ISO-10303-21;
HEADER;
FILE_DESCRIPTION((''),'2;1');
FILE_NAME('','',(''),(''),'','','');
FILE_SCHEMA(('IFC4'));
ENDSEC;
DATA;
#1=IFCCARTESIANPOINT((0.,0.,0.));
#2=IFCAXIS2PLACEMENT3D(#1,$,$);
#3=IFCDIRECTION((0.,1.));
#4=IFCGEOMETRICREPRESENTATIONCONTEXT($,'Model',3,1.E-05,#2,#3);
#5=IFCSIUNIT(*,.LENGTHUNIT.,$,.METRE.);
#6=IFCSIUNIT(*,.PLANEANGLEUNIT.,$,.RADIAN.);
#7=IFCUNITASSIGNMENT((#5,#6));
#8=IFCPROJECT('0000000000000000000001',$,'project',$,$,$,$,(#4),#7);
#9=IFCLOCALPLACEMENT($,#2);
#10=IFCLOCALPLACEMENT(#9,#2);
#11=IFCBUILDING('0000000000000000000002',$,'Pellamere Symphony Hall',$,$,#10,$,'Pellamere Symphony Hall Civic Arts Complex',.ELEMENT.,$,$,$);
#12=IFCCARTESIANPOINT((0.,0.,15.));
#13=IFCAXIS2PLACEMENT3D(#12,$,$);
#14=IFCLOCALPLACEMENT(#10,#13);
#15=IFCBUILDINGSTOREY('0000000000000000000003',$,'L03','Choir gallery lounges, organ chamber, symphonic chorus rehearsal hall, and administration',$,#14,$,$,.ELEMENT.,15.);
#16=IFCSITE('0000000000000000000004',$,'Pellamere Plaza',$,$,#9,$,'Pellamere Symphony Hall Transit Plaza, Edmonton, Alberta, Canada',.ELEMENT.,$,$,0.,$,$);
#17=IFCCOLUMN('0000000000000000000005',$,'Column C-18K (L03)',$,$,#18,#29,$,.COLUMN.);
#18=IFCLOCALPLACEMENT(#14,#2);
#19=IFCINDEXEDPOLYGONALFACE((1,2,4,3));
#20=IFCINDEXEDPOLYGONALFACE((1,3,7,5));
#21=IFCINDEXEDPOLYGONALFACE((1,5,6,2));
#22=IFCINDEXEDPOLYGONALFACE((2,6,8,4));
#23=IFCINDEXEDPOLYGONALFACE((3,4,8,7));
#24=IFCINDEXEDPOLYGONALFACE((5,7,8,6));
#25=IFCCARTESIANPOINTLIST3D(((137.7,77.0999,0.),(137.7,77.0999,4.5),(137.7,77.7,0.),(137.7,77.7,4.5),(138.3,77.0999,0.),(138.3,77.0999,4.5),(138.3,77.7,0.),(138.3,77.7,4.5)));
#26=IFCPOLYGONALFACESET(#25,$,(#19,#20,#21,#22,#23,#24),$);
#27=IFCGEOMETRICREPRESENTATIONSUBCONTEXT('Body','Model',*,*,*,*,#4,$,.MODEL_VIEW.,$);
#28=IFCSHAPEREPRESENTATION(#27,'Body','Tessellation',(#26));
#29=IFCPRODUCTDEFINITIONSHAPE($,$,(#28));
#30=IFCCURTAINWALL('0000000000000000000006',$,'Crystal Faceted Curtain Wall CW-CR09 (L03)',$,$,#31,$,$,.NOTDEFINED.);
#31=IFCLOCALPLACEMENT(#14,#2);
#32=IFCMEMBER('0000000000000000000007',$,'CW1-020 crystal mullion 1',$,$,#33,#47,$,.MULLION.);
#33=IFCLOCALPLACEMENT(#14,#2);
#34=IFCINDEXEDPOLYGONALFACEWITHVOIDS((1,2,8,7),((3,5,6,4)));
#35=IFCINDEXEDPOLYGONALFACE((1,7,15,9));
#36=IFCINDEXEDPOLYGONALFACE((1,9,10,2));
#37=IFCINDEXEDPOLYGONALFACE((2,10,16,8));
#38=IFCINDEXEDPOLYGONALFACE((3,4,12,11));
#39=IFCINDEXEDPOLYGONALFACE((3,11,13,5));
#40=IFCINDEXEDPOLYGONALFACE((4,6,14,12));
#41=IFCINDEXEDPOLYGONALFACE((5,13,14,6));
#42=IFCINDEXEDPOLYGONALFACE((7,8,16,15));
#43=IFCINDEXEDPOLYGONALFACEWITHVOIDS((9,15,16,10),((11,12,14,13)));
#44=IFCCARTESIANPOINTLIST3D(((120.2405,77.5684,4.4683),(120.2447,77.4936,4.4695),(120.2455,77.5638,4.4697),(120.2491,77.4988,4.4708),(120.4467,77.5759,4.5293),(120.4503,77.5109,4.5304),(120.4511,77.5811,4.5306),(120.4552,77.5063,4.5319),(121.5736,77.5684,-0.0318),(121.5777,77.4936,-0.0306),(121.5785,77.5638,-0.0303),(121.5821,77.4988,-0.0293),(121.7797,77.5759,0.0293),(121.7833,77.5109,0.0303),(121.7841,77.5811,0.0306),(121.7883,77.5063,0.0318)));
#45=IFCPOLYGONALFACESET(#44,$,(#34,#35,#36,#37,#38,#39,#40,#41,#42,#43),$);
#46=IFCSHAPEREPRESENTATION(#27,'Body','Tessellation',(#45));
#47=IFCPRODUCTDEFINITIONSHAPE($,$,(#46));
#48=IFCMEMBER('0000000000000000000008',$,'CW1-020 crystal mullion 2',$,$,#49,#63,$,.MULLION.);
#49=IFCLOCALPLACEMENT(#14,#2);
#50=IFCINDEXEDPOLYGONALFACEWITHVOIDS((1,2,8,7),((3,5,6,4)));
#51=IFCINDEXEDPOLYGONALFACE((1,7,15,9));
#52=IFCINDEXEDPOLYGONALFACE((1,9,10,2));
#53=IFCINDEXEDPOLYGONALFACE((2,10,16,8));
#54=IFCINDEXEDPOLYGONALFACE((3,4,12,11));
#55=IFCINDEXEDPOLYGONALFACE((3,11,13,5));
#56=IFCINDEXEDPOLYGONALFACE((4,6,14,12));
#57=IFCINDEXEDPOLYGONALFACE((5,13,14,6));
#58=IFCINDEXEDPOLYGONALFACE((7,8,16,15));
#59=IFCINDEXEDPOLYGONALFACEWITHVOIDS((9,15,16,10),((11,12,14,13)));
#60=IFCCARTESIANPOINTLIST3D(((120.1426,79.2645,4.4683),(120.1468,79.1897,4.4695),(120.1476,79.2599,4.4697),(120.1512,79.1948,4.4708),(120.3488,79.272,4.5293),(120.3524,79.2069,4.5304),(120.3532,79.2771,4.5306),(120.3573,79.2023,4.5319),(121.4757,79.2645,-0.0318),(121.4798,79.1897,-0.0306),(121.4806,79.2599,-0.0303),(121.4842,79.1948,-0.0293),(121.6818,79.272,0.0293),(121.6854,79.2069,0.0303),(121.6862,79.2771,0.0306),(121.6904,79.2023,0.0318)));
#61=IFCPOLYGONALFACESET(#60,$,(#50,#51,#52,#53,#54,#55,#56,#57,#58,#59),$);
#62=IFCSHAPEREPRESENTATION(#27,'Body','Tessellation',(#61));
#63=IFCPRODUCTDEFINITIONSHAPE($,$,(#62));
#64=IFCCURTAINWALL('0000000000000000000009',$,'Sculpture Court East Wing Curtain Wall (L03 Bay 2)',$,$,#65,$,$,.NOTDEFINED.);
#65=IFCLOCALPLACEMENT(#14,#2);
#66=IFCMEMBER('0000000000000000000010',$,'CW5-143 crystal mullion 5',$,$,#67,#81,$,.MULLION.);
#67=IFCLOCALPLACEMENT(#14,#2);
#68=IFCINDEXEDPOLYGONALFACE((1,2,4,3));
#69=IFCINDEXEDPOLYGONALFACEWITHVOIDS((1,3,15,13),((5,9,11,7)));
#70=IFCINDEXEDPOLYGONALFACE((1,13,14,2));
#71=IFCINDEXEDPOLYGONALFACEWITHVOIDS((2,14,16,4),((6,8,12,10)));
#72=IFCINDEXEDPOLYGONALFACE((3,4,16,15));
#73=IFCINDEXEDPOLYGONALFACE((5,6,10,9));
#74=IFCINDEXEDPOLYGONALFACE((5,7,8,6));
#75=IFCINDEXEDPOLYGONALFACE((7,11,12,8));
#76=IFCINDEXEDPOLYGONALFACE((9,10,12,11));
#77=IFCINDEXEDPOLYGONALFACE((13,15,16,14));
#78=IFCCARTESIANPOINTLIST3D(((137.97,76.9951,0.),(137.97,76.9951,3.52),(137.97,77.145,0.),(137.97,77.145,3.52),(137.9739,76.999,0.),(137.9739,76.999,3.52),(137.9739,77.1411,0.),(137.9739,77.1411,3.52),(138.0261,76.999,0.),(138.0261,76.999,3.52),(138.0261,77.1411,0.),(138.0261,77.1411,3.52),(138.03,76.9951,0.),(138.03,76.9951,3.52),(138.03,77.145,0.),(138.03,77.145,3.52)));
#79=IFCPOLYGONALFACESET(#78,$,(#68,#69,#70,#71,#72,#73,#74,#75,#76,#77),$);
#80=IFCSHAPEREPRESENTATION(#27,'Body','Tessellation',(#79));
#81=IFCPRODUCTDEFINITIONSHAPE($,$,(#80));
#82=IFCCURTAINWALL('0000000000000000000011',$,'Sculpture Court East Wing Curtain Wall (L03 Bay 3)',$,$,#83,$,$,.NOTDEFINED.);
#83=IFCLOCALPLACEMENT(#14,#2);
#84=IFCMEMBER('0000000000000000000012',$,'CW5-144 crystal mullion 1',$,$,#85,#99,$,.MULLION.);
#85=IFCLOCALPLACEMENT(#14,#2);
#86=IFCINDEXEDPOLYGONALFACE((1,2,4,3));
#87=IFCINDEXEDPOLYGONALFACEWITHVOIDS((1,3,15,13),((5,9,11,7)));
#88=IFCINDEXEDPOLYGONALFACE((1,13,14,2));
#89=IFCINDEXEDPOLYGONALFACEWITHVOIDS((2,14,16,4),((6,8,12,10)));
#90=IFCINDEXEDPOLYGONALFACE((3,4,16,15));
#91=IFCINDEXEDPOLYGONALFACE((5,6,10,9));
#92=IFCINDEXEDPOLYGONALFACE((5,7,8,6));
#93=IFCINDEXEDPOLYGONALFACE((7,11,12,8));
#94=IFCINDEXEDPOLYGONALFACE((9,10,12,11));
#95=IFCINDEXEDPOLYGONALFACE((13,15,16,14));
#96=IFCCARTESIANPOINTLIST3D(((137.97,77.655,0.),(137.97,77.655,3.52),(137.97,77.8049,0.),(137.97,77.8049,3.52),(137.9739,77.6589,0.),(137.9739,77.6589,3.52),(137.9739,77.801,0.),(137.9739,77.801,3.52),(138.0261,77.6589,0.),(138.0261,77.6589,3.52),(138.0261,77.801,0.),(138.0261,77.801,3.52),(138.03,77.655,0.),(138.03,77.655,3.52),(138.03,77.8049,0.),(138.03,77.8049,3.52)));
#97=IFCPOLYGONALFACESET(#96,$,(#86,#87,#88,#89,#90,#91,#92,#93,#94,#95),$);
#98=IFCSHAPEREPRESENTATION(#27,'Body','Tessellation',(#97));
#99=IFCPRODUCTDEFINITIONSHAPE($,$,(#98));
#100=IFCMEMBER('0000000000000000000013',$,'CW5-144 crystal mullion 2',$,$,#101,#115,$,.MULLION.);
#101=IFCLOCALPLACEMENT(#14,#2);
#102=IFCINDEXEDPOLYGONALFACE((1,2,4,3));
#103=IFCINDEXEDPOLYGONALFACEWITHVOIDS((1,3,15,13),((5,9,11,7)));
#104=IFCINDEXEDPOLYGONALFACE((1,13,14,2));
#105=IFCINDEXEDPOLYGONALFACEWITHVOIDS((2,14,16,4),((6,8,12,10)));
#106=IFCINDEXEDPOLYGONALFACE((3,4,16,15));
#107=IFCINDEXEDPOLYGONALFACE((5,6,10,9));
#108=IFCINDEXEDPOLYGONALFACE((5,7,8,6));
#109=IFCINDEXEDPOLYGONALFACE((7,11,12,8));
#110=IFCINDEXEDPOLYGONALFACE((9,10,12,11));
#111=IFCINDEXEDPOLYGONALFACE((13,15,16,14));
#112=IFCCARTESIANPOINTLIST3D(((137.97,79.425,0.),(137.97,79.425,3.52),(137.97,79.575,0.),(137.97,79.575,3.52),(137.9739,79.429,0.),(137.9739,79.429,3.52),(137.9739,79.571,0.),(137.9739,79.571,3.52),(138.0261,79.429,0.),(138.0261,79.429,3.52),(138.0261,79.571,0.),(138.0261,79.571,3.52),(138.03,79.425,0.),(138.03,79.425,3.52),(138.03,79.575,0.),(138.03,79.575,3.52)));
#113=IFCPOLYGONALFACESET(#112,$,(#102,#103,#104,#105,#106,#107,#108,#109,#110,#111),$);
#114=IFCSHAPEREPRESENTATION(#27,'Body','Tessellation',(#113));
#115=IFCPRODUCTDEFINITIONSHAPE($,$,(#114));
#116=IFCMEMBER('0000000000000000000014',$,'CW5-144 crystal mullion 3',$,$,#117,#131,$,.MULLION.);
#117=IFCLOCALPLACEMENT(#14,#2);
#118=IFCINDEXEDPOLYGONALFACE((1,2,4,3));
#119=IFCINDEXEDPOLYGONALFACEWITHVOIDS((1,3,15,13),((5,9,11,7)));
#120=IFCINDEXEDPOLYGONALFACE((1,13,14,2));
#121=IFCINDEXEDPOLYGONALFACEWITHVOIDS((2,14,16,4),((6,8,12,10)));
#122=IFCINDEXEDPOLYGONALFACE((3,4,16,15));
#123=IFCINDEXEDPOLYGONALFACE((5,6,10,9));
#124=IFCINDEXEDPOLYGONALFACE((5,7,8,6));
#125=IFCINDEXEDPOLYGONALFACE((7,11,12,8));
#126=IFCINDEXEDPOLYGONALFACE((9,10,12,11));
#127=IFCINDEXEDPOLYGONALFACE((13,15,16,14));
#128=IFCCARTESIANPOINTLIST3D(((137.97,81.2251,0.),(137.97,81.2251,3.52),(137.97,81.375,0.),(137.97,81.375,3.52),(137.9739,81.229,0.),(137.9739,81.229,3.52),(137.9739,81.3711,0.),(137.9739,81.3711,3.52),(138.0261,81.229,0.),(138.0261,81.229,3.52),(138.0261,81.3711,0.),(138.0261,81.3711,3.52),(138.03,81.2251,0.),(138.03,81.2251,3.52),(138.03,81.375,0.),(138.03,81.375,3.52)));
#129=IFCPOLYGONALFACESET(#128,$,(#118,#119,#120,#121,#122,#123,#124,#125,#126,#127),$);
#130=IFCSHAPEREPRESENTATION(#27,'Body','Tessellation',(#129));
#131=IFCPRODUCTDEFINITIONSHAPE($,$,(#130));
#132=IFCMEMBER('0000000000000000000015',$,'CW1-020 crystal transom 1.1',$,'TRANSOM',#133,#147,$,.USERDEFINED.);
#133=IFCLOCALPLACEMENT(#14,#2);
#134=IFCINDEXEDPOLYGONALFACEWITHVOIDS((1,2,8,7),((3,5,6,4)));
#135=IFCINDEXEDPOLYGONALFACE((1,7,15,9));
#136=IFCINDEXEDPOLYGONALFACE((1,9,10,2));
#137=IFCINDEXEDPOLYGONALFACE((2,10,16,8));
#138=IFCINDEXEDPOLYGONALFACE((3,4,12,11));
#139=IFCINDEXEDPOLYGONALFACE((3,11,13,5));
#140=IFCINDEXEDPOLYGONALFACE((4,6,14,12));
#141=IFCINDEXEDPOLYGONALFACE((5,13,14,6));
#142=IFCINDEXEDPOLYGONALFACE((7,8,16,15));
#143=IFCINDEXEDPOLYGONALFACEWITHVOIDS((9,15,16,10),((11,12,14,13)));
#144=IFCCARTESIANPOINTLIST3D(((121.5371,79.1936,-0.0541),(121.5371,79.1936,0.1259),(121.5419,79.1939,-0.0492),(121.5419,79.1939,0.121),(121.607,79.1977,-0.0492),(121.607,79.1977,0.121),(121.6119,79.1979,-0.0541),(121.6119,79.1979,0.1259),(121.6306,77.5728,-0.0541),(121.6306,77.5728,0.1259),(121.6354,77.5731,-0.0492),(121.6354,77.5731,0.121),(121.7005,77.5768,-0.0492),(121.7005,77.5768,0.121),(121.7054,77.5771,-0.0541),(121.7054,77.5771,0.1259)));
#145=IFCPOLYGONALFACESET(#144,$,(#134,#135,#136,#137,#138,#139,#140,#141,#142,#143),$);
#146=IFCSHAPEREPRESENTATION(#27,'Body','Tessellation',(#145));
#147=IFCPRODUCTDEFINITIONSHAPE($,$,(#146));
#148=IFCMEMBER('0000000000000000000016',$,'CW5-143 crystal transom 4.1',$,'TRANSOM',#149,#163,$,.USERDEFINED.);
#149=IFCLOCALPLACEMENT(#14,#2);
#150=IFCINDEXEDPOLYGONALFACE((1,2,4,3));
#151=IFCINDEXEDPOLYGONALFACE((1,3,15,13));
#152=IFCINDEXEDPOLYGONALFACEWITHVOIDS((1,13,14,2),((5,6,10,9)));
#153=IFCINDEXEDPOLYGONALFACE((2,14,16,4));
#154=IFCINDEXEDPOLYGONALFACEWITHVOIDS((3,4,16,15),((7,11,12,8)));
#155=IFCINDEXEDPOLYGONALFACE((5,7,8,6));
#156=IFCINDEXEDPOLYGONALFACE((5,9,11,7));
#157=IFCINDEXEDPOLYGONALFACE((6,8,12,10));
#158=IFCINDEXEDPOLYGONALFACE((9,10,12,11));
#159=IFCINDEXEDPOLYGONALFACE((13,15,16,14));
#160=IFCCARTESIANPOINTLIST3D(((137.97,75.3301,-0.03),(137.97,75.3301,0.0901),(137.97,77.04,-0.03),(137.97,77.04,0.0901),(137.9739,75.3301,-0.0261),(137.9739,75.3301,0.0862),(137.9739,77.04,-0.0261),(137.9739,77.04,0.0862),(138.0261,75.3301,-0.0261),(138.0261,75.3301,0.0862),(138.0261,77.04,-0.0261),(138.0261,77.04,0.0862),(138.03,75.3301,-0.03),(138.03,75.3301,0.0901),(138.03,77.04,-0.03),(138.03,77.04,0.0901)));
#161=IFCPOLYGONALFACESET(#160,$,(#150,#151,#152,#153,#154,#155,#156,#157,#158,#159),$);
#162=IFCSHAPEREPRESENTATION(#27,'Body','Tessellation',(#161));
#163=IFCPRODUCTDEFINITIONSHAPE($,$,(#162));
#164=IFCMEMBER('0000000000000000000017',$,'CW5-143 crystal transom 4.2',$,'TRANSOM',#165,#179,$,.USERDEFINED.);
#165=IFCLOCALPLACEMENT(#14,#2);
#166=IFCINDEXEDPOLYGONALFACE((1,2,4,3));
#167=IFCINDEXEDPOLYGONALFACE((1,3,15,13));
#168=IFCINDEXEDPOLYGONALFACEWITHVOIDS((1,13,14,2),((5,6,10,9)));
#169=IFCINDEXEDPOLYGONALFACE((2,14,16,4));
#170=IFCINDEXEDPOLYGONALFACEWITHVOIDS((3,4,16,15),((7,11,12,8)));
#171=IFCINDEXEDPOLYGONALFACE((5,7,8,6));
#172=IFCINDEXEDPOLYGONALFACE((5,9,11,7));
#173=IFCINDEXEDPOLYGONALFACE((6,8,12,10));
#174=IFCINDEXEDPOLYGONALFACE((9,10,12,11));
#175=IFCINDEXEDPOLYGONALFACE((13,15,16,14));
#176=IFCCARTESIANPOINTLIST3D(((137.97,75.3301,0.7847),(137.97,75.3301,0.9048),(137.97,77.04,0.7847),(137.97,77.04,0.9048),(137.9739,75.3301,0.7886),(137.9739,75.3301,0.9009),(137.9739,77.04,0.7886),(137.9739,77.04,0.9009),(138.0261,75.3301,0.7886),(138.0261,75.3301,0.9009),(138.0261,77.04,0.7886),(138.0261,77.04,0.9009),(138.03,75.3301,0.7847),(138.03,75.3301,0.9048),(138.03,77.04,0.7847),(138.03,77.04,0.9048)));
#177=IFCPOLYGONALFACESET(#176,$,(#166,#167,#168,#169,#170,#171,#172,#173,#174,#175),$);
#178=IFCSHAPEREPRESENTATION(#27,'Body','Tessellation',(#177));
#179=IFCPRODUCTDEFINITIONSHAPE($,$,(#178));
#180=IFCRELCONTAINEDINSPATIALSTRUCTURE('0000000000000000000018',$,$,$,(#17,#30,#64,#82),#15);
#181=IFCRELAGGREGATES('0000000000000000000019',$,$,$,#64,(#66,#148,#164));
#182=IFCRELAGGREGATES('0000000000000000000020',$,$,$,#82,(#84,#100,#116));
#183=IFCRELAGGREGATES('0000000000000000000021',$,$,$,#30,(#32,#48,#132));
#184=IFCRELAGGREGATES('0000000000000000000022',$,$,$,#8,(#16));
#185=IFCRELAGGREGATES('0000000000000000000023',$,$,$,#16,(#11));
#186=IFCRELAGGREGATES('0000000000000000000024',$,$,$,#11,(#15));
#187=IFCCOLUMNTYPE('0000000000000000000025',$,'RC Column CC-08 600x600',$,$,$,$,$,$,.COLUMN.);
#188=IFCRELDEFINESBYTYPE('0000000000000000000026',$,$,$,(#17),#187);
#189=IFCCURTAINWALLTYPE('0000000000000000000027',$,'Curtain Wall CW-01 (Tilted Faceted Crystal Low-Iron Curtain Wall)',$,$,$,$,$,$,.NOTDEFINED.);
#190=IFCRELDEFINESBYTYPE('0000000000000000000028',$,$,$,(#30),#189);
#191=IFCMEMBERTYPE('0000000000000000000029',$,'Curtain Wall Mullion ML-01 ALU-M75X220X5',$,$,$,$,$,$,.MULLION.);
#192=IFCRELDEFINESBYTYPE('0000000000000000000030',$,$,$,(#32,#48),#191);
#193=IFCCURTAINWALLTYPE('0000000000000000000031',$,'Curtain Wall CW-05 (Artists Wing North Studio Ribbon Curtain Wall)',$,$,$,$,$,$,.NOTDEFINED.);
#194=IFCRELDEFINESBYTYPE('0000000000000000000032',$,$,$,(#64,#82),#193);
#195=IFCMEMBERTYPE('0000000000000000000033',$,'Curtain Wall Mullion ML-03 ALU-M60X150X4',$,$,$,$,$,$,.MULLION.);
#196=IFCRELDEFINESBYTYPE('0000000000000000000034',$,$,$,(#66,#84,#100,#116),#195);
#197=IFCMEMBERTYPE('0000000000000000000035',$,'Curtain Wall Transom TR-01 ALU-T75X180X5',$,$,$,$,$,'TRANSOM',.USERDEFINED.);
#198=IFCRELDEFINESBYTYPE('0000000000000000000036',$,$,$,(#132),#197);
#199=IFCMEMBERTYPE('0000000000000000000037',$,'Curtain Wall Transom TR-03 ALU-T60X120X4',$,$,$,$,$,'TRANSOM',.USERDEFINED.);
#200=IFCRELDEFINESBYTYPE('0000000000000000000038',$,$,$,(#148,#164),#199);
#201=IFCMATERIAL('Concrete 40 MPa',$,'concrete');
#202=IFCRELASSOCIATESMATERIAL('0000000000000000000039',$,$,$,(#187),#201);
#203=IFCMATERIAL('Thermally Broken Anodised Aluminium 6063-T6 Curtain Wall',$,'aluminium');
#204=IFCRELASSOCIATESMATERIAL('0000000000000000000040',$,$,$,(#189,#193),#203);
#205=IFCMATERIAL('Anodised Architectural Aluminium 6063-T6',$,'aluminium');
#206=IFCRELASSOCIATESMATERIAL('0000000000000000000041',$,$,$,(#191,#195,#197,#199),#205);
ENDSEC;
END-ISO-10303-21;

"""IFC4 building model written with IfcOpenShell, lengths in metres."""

from ifc_helpers import new_model, si_unit, direction, frame, origin, origin_2d, place, context, subcontext, project, spatial, rectangle, hollow_rectangle, extrude, material, material_profile, profile_set, type_object, element, aggregate, save


model = new_model("IFC4")

# Units and contexts
model_context = context("Model", 3, precision=1e-05, world=origin(), true_north=direction((0.0, 1.0)))
body_context = subcontext(model_context, "Body", "Model", "MODEL_VIEW")
ifc_project = project(units=[si_unit("LENGTHUNIT", "METRE"), si_unit("PLANEANGLEUNIT", "RADIAN")], contexts=[model_context])

# Site, building, storey
site_placement = place(None, origin())
site = spatial("IfcSite", under=ifc_project, at=site_placement, Name="Pellamere Plaza", LongName="Pellamere Symphony Hall Transit Plaza, Edmonton, Alberta, Canada", CompositionType="ELEMENT", RefElevation=0.0)
building_placement = place(site_placement, origin())
building = spatial("IfcBuilding", under=site, at=building_placement, Name="Pellamere Symphony Hall", LongName="Pellamere Symphony Hall Civic Arts Complex", CompositionType="ELEMENT")
storey_placement = place(building_placement, frame((0.0, 0.0, 15.0)))
storey = spatial("IfcBuildingStorey", under=building, at=storey_placement, Name="L03", Description="Choir gallery lounges, organ chamber, symphonic chorus rehearsal hall, and administration", CompositionType="ELEMENT", Elevation=15.0)

# Column
ifc_material_1 = material(Name="Concrete 40 MPa", Category="concrete")
ifc_material_profile_1 = material_profile(ifc_material_1, rectangle(XDim=0.6001, YDim=0.6001, at=origin_2d()), Name="RC 600x600")
ifc_profile_set_1 = profile_set([ifc_material_profile_1], Name="Concrete 40 MPa")
column_type = type_object("IfcColumnType", Name="RC Column CC-08 600x600", PredefinedType="COLUMN", material=ifc_profile_set_1)
column_placement = place(storey_placement, frame((138.0, 77.3999, 0.0), z_axis=(0.0, 0.0, 1.0), x_axis=(1.0, 0.0, 0.0)))
element("IfcColumn", 1, at=column_placement, inside=storey, type_object=column_type, Name="Column C-18K (L03)", PredefinedType="COLUMN", context=body_context, shape_type="SweptSolid", body=[
    extrude(rectangle(XDim=0.6001, YDim=0.6001, at=origin_2d()), origin(), (0.0, 0.0, 1.0), 4.5),
])

# Curtain wall, members
ifc_material_2 = material(Name="Thermally Broken Anodised Aluminium 6063-T6 Curtain Wall", Category="aluminium")
curtain_wall_type_1 = type_object("IfcCurtainWallType", Name="Curtain Wall CW-01 (Tilted Faceted Crystal Low-Iron Curtain Wall)", PredefinedType="NOTDEFINED", material=ifc_material_2)
curtain_wall_1_placement = place(storey_placement, origin())
curtain_wall_1 = element("IfcCurtainWall", 2, at=curtain_wall_1_placement, inside=storey, type_object=curtain_wall_type_1, Name="Crystal Faceted Curtain Wall CW-CR09 (L03)", PredefinedType="NOTDEFINED")
ifc_material_3 = material(Name="Anodised Architectural Aluminium 6063-T6", Category="aluminium")
ifc_material_profile_2 = material_profile(ifc_material_3, hollow_rectangle(XDim=0.075, YDim=0.22, WallThickness=0.0049, at=origin_2d()), Name="ALU-M75X220X5")
ifc_profile_set_2 = profile_set([ifc_material_profile_2], Name="Anodised Architectural Aluminium 6063-T6")
member_type_1 = type_object("IfcMemberType", Name="Curtain Wall Mullion ML-01 ALU-M75X220X5", PredefinedType="MULLION", material=ifc_profile_set_2)
member_1_placement = place(storey_placement, frame((121.6809, 77.5374, 0.0), z_axis=(-0.284025, 0.0, 0.958817), x_axis=(-0.055225, 0.99834, -0.016359)))
member_1 = element("IfcMember", 3, at=member_1_placement, type_object=member_type_1, Name="CW1-020 crystal mullion 1", PredefinedType="MULLION", context=body_context, shape_type="SweptSolid", body=[
    extrude(hollow_rectangle(XDim=0.075, YDim=0.22, WallThickness=0.0049, at=origin_2d()), origin(), (0.0, 0.0, 1.0), 4.6934),
])
member_2_placement = place(storey_placement, frame((121.583, 79.2334, 0.0), z_axis=(-0.284025, 0.0, 0.958817), x_axis=(-0.055225, 0.99834, -0.016359)))
member_2 = element("IfcMember", 4, at=member_2_placement, type_object=member_type_1, Name="CW1-020 crystal mullion 2", PredefinedType="MULLION", context=body_context, shape_type="SweptSolid", body=[
    extrude(hollow_rectangle(XDim=0.075, YDim=0.22, WallThickness=0.0049, at=origin_2d()), origin(), (0.0, 0.0, 1.0), 4.6934),
])

# Curtain wall, member
curtain_wall_type_2 = type_object("IfcCurtainWallType", Name="Curtain Wall CW-05 (Artists Wing North Studio Ribbon Curtain Wall)", PredefinedType="NOTDEFINED", material=ifc_material_2)
curtain_wall_2_placement = place(storey_placement, origin())
curtain_wall_2 = element("IfcCurtainWall", 5, at=curtain_wall_2_placement, inside=storey, type_object=curtain_wall_type_2, Name="Sculpture Court East Wing Curtain Wall (L03 Bay 2)", PredefinedType="NOTDEFINED")
ifc_material_profile_3 = material_profile(ifc_material_3, hollow_rectangle(XDim=0.0601, YDim=0.1499, WallThickness=0.0039, at=origin_2d()), Name="ALU-M60X150X4")
ifc_profile_set_3 = profile_set([ifc_material_profile_3], Name="Anodised Architectural Aluminium 6063-T6")
member_type_2 = type_object("IfcMemberType", Name="Curtain Wall Mullion ML-03 ALU-M60X150X4", PredefinedType="MULLION", material=ifc_profile_set_3)
member_3_placement = place(storey_placement, frame((138.0, 77.0701, 0.0), z_axis=(0.0, 0.0, 1.0), x_axis=(-1.0, 0.0, 0.0)))
member_3 = element("IfcMember", 6, at=member_3_placement, type_object=member_type_2, Name="CW5-143 crystal mullion 5", PredefinedType="MULLION", context=body_context, shape_type="SweptSolid", body=[
    extrude(hollow_rectangle(XDim=0.0601, YDim=0.1499, WallThickness=0.0039, at=origin_2d()), origin(), (0.0, 0.0, 1.0), 3.52),
])

# Curtain wall, members
curtain_wall_3_placement = place(storey_placement, origin())
curtain_wall_3 = element("IfcCurtainWall", 7, at=curtain_wall_3_placement, inside=storey, type_object=curtain_wall_type_2, Name="Sculpture Court East Wing Curtain Wall (L03 Bay 3)", PredefinedType="NOTDEFINED")
member_4_placement = place(storey_placement, frame((138.0, 77.73, 0.0), z_axis=(0.0, 0.0, 1.0), x_axis=(-1.0, 0.0, 0.0)))
member_4 = element("IfcMember", 8, at=member_4_placement, type_object=member_type_2, Name="CW5-144 crystal mullion 1", PredefinedType="MULLION", context=body_context, shape_type="SweptSolid", body=[
    extrude(hollow_rectangle(XDim=0.0601, YDim=0.1499, WallThickness=0.0039, at=origin_2d()), origin(), (0.0, 0.0, 1.0), 3.52),
])
member_5_placement = place(storey_placement, frame((138.0, 79.5, 0.0), z_axis=(0.0, 0.0, 1.0), x_axis=(-1.0, 0.0, 0.0)))
member_5 = element("IfcMember", 9, at=member_5_placement, type_object=member_type_2, Name="CW5-144 crystal mullion 2", PredefinedType="MULLION", context=body_context, shape_type="SweptSolid", body=[
    extrude(hollow_rectangle(XDim=0.0601, YDim=0.1499, WallThickness=0.0039, at=origin_2d()), origin(), (0.0, 0.0, 1.0), 3.52),
])
member_6_placement = place(storey_placement, frame((138.0, 81.3, 0.0), z_axis=(0.0, 0.0, 1.0), x_axis=(-1.0, 0.0, 0.0)))
member_6 = element("IfcMember", 10, at=member_6_placement, type_object=member_type_2, Name="CW5-144 crystal mullion 3", PredefinedType="MULLION", context=body_context, shape_type="SweptSolid", body=[
    extrude(hollow_rectangle(XDim=0.0601, YDim=0.1499, WallThickness=0.0039, at=origin_2d()), origin(), (0.0, 0.0, 1.0), 3.52),
])

# Members
ifc_material_profile_4 = material_profile(ifc_material_3, hollow_rectangle(XDim=0.075, YDim=0.1799, WallThickness=0.0049, at=origin_2d()), Name="ALU-T75X180X5")
ifc_profile_set_4 = profile_set([ifc_material_profile_4], Name="Anodised Architectural Aluminium 6063-T6")
member_type_3 = type_object("IfcMemberType", Name="Curtain Wall Transom TR-01 ALU-T75X180X5", ElementType="TRANSOM", PredefinedType="USERDEFINED", material=ifc_profile_set_4)
member_7_placement = place(storey_placement, frame((121.668, 77.575, 0.0359), z_axis=(-0.057594, 0.99834, 0.0), x_axis=(-0.99834, -0.057594, 0.0)))
member_7 = element("IfcMember", 11, at=member_7_placement, type_object=member_type_3, Name="CW1-020 crystal transom 1.1", ObjectType="TRANSOM", PredefinedType="USERDEFINED", context=body_context, shape_type="SweptSolid", body=[
    extrude(hollow_rectangle(XDim=0.075, YDim=0.1799, WallThickness=0.0049, at=origin_2d()), origin(), (0.0, 0.0, 1.0), 1.6235),
])
ifc_material_profile_5 = material_profile(ifc_material_3, hollow_rectangle(XDim=0.0601, YDim=0.1201, WallThickness=0.0039, at=origin_2d()), Name="ALU-T60X120X4")
ifc_profile_set_5 = profile_set([ifc_material_profile_5], Name="Anodised Architectural Aluminium 6063-T6")
member_type_4 = type_object("IfcMemberType", Name="Curtain Wall Transom TR-03 ALU-T60X120X4", ElementType="TRANSOM", PredefinedType="USERDEFINED", material=ifc_profile_set_5)
member_8_placement = place(storey_placement, frame((138.0, 75.3301, 0.03), z_axis=(0.0, 1.0, 0.0), x_axis=(-1.0, 0.0, 0.0)))
member_8 = element("IfcMember", 12, at=member_8_placement, type_object=member_type_4, Name="CW5-143 crystal transom 4.1", ObjectType="TRANSOM", PredefinedType="USERDEFINED", context=body_context, shape_type="SweptSolid", body=[
    extrude(hollow_rectangle(XDim=0.0601, YDim=0.1201, WallThickness=0.0039, at=origin_2d()), origin(), (0.0, 0.0, 1.0), 1.71),
])
member_9_placement = place(storey_placement, frame((138.0, 75.3301, 0.8447), z_axis=(0.0, 1.0, 0.0), x_axis=(-1.0, 0.0, 0.0)))
member_9 = element("IfcMember", 13, at=member_9_placement, type_object=member_type_4, Name="CW5-143 crystal transom 4.2", ObjectType="TRANSOM", PredefinedType="USERDEFINED", context=body_context, shape_type="SweptSolid", body=[
    extrude(hollow_rectangle(XDim=0.0601, YDim=0.1201, WallThickness=0.0039, at=origin_2d()), origin(), (0.0, 0.0, 1.0), 1.71),
])

aggregate(curtain_wall_2, [member_3, member_8, member_9])
aggregate(curtain_wall_3, [member_4, member_5, member_6])
aggregate(curtain_wall_1, [member_1, member_2, member_7])

save(model, "model.ifc")
